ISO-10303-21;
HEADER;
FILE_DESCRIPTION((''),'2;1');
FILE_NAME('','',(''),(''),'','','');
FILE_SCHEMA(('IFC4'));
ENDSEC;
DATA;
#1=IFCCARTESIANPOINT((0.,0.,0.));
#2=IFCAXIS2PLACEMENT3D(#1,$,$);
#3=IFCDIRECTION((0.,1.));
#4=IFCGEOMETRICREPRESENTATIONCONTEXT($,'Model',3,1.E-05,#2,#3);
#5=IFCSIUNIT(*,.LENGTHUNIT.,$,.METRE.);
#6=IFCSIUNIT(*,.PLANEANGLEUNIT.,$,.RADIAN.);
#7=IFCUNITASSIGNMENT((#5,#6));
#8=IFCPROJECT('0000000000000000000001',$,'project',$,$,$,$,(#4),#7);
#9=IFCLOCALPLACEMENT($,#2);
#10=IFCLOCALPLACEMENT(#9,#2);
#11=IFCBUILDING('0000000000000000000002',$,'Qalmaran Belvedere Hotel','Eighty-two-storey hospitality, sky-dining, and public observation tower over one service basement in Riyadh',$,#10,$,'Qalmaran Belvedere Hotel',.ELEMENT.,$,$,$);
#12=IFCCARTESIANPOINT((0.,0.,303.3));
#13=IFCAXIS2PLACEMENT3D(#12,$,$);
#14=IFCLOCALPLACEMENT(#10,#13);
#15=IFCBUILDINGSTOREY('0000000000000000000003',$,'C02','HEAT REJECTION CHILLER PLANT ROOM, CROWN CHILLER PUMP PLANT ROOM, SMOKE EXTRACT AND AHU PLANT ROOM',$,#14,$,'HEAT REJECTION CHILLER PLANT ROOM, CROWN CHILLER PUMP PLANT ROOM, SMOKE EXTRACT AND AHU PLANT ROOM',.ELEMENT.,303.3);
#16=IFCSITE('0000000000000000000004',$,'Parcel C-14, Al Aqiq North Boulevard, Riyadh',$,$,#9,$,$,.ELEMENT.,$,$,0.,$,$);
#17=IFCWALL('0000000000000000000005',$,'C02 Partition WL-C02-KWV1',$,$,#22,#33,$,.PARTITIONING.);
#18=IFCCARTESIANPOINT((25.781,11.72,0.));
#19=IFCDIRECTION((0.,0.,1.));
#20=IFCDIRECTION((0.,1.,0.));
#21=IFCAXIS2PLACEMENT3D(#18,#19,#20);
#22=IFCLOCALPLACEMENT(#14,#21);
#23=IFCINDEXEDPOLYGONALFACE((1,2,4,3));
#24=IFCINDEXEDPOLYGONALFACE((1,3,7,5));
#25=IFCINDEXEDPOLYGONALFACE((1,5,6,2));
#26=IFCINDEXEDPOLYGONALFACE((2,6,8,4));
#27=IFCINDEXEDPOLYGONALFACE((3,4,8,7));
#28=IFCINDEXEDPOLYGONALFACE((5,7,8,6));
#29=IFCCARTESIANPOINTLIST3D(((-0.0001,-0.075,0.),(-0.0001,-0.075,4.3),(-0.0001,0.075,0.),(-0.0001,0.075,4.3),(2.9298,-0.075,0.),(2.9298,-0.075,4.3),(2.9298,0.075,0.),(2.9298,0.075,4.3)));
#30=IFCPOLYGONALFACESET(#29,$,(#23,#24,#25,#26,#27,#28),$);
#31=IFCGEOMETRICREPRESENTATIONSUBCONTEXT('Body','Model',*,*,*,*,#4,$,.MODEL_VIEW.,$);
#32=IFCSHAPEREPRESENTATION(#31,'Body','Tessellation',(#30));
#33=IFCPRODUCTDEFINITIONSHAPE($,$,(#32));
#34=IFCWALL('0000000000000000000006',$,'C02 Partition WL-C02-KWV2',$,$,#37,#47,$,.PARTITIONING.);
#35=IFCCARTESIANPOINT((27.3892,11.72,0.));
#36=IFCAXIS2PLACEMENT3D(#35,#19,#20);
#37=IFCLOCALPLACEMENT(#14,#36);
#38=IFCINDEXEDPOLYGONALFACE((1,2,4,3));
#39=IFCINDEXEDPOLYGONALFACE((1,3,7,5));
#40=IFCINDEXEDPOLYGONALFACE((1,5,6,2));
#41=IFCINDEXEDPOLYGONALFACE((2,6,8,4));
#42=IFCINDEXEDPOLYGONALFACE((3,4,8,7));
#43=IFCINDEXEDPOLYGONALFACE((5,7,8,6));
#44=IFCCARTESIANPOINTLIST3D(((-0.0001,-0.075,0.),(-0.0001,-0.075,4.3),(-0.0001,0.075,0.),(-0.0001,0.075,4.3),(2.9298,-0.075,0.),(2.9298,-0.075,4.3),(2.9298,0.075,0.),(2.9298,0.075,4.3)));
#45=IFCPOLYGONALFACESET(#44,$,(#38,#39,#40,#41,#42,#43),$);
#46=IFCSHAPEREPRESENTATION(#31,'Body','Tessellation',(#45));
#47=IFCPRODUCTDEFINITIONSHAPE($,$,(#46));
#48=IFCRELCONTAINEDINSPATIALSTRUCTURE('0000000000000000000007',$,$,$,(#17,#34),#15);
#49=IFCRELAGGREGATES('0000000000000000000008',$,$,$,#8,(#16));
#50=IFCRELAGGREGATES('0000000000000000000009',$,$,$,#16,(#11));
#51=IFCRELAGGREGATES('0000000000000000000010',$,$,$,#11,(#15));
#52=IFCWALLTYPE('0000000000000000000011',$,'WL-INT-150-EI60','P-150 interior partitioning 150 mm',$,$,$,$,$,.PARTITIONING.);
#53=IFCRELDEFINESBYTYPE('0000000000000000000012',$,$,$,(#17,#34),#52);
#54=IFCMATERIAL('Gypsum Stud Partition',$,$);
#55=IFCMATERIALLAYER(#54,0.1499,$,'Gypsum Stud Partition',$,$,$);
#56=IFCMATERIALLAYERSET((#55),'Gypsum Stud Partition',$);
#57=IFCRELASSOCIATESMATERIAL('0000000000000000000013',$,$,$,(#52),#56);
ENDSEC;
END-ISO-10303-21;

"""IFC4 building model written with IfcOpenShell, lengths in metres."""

from ifc_helpers import new_model, si_unit, direction, frame, frame_2d, origin, place, context, subcontext, project, spatial, rectangle, extrude, material, layer, layer_set, type_object, element, save


model = new_model("IFC4")

# Units and contexts
model_context = context("Model", 3, precision=1e-05, world=origin(), true_north=direction((0.0, 1.0)))
body_context = subcontext(model_context, "Body", "Model", "MODEL_VIEW")
ifc_project = project(units=[si_unit("LENGTHUNIT", "METRE"), si_unit("PLANEANGLEUNIT", "RADIAN")], contexts=[model_context])

# Site, building, storey
site_placement = place(None, origin())
site = spatial("IfcSite", under=ifc_project, at=site_placement, Name="Parcel C-14, Al Aqiq North Boulevard, Riyadh", CompositionType="ELEMENT", RefElevation=0.0)
building_placement = place(site_placement, origin())
building = spatial("IfcBuilding", under=site, at=building_placement, Name="Qalmaran Belvedere Hotel", Description="Eighty-two-storey hospitality, sky-dining, and public observation tower over one service basement in Riyadh", LongName="Qalmaran Belvedere Hotel", CompositionType="ELEMENT")
storey_placement = place(building_placement, frame((0.0, 0.0, 303.3)))
storey = spatial("IfcBuildingStorey", under=building, at=storey_placement, Name="C02", Description="HEAT REJECTION CHILLER PLANT ROOM, CROWN CHILLER PUMP PLANT ROOM, SMOKE EXTRACT AND AHU PLANT ROOM", LongName="HEAT REJECTION CHILLER PLANT ROOM, CROWN CHILLER PUMP PLANT ROOM, SMOKE EXTRACT AND AHU PLANT ROOM", CompositionType="ELEMENT", Elevation=303.3)

# Walls
ifc_material_1 = material(Name="Gypsum Stud Partition")
ifc_layer_1 = layer(ifc_material_1, 0.1499, Name="Gypsum Stud Partition")
ifc_layer_set_1 = layer_set([ifc_layer_1], Name="Gypsum Stud Partition")
wall_type_1 = type_object("IfcWallType", Name="WL-INT-150-EI60", Description="P-150 interior partitioning 150 mm", PredefinedType="PARTITIONING", material=ifc_layer_set_1)
for number, where, z_axis, x_axis, name in (
    (1, (25.781, 11.72, 0.0), (0.0, 0.0, 1.0), (0.0, 1.0, 0.0), "C02 Partition WL-C02-KWV1"),
    (2, (27.3892, 11.72, 0.0), (0.0, 0.0, 1.0), (0.0, 1.0, 0.0), "C02 Partition WL-C02-KWV2"),
):
    element("IfcWall", number, at=place(storey_placement, frame(where, z_axis=z_axis, x_axis=x_axis)), inside=storey, type_object=wall_type_1, Name=name, PredefinedType="PARTITIONING", context=body_context, shape_type="SweptSolid", body=[
        extrude(rectangle(XDim=2.9299, YDim=0.1499, at=frame_2d((1.4648, 0.0))), origin(), (0.0, 0.0, 1.0), 4.3),
    ])

save(model, "model.ifc")
